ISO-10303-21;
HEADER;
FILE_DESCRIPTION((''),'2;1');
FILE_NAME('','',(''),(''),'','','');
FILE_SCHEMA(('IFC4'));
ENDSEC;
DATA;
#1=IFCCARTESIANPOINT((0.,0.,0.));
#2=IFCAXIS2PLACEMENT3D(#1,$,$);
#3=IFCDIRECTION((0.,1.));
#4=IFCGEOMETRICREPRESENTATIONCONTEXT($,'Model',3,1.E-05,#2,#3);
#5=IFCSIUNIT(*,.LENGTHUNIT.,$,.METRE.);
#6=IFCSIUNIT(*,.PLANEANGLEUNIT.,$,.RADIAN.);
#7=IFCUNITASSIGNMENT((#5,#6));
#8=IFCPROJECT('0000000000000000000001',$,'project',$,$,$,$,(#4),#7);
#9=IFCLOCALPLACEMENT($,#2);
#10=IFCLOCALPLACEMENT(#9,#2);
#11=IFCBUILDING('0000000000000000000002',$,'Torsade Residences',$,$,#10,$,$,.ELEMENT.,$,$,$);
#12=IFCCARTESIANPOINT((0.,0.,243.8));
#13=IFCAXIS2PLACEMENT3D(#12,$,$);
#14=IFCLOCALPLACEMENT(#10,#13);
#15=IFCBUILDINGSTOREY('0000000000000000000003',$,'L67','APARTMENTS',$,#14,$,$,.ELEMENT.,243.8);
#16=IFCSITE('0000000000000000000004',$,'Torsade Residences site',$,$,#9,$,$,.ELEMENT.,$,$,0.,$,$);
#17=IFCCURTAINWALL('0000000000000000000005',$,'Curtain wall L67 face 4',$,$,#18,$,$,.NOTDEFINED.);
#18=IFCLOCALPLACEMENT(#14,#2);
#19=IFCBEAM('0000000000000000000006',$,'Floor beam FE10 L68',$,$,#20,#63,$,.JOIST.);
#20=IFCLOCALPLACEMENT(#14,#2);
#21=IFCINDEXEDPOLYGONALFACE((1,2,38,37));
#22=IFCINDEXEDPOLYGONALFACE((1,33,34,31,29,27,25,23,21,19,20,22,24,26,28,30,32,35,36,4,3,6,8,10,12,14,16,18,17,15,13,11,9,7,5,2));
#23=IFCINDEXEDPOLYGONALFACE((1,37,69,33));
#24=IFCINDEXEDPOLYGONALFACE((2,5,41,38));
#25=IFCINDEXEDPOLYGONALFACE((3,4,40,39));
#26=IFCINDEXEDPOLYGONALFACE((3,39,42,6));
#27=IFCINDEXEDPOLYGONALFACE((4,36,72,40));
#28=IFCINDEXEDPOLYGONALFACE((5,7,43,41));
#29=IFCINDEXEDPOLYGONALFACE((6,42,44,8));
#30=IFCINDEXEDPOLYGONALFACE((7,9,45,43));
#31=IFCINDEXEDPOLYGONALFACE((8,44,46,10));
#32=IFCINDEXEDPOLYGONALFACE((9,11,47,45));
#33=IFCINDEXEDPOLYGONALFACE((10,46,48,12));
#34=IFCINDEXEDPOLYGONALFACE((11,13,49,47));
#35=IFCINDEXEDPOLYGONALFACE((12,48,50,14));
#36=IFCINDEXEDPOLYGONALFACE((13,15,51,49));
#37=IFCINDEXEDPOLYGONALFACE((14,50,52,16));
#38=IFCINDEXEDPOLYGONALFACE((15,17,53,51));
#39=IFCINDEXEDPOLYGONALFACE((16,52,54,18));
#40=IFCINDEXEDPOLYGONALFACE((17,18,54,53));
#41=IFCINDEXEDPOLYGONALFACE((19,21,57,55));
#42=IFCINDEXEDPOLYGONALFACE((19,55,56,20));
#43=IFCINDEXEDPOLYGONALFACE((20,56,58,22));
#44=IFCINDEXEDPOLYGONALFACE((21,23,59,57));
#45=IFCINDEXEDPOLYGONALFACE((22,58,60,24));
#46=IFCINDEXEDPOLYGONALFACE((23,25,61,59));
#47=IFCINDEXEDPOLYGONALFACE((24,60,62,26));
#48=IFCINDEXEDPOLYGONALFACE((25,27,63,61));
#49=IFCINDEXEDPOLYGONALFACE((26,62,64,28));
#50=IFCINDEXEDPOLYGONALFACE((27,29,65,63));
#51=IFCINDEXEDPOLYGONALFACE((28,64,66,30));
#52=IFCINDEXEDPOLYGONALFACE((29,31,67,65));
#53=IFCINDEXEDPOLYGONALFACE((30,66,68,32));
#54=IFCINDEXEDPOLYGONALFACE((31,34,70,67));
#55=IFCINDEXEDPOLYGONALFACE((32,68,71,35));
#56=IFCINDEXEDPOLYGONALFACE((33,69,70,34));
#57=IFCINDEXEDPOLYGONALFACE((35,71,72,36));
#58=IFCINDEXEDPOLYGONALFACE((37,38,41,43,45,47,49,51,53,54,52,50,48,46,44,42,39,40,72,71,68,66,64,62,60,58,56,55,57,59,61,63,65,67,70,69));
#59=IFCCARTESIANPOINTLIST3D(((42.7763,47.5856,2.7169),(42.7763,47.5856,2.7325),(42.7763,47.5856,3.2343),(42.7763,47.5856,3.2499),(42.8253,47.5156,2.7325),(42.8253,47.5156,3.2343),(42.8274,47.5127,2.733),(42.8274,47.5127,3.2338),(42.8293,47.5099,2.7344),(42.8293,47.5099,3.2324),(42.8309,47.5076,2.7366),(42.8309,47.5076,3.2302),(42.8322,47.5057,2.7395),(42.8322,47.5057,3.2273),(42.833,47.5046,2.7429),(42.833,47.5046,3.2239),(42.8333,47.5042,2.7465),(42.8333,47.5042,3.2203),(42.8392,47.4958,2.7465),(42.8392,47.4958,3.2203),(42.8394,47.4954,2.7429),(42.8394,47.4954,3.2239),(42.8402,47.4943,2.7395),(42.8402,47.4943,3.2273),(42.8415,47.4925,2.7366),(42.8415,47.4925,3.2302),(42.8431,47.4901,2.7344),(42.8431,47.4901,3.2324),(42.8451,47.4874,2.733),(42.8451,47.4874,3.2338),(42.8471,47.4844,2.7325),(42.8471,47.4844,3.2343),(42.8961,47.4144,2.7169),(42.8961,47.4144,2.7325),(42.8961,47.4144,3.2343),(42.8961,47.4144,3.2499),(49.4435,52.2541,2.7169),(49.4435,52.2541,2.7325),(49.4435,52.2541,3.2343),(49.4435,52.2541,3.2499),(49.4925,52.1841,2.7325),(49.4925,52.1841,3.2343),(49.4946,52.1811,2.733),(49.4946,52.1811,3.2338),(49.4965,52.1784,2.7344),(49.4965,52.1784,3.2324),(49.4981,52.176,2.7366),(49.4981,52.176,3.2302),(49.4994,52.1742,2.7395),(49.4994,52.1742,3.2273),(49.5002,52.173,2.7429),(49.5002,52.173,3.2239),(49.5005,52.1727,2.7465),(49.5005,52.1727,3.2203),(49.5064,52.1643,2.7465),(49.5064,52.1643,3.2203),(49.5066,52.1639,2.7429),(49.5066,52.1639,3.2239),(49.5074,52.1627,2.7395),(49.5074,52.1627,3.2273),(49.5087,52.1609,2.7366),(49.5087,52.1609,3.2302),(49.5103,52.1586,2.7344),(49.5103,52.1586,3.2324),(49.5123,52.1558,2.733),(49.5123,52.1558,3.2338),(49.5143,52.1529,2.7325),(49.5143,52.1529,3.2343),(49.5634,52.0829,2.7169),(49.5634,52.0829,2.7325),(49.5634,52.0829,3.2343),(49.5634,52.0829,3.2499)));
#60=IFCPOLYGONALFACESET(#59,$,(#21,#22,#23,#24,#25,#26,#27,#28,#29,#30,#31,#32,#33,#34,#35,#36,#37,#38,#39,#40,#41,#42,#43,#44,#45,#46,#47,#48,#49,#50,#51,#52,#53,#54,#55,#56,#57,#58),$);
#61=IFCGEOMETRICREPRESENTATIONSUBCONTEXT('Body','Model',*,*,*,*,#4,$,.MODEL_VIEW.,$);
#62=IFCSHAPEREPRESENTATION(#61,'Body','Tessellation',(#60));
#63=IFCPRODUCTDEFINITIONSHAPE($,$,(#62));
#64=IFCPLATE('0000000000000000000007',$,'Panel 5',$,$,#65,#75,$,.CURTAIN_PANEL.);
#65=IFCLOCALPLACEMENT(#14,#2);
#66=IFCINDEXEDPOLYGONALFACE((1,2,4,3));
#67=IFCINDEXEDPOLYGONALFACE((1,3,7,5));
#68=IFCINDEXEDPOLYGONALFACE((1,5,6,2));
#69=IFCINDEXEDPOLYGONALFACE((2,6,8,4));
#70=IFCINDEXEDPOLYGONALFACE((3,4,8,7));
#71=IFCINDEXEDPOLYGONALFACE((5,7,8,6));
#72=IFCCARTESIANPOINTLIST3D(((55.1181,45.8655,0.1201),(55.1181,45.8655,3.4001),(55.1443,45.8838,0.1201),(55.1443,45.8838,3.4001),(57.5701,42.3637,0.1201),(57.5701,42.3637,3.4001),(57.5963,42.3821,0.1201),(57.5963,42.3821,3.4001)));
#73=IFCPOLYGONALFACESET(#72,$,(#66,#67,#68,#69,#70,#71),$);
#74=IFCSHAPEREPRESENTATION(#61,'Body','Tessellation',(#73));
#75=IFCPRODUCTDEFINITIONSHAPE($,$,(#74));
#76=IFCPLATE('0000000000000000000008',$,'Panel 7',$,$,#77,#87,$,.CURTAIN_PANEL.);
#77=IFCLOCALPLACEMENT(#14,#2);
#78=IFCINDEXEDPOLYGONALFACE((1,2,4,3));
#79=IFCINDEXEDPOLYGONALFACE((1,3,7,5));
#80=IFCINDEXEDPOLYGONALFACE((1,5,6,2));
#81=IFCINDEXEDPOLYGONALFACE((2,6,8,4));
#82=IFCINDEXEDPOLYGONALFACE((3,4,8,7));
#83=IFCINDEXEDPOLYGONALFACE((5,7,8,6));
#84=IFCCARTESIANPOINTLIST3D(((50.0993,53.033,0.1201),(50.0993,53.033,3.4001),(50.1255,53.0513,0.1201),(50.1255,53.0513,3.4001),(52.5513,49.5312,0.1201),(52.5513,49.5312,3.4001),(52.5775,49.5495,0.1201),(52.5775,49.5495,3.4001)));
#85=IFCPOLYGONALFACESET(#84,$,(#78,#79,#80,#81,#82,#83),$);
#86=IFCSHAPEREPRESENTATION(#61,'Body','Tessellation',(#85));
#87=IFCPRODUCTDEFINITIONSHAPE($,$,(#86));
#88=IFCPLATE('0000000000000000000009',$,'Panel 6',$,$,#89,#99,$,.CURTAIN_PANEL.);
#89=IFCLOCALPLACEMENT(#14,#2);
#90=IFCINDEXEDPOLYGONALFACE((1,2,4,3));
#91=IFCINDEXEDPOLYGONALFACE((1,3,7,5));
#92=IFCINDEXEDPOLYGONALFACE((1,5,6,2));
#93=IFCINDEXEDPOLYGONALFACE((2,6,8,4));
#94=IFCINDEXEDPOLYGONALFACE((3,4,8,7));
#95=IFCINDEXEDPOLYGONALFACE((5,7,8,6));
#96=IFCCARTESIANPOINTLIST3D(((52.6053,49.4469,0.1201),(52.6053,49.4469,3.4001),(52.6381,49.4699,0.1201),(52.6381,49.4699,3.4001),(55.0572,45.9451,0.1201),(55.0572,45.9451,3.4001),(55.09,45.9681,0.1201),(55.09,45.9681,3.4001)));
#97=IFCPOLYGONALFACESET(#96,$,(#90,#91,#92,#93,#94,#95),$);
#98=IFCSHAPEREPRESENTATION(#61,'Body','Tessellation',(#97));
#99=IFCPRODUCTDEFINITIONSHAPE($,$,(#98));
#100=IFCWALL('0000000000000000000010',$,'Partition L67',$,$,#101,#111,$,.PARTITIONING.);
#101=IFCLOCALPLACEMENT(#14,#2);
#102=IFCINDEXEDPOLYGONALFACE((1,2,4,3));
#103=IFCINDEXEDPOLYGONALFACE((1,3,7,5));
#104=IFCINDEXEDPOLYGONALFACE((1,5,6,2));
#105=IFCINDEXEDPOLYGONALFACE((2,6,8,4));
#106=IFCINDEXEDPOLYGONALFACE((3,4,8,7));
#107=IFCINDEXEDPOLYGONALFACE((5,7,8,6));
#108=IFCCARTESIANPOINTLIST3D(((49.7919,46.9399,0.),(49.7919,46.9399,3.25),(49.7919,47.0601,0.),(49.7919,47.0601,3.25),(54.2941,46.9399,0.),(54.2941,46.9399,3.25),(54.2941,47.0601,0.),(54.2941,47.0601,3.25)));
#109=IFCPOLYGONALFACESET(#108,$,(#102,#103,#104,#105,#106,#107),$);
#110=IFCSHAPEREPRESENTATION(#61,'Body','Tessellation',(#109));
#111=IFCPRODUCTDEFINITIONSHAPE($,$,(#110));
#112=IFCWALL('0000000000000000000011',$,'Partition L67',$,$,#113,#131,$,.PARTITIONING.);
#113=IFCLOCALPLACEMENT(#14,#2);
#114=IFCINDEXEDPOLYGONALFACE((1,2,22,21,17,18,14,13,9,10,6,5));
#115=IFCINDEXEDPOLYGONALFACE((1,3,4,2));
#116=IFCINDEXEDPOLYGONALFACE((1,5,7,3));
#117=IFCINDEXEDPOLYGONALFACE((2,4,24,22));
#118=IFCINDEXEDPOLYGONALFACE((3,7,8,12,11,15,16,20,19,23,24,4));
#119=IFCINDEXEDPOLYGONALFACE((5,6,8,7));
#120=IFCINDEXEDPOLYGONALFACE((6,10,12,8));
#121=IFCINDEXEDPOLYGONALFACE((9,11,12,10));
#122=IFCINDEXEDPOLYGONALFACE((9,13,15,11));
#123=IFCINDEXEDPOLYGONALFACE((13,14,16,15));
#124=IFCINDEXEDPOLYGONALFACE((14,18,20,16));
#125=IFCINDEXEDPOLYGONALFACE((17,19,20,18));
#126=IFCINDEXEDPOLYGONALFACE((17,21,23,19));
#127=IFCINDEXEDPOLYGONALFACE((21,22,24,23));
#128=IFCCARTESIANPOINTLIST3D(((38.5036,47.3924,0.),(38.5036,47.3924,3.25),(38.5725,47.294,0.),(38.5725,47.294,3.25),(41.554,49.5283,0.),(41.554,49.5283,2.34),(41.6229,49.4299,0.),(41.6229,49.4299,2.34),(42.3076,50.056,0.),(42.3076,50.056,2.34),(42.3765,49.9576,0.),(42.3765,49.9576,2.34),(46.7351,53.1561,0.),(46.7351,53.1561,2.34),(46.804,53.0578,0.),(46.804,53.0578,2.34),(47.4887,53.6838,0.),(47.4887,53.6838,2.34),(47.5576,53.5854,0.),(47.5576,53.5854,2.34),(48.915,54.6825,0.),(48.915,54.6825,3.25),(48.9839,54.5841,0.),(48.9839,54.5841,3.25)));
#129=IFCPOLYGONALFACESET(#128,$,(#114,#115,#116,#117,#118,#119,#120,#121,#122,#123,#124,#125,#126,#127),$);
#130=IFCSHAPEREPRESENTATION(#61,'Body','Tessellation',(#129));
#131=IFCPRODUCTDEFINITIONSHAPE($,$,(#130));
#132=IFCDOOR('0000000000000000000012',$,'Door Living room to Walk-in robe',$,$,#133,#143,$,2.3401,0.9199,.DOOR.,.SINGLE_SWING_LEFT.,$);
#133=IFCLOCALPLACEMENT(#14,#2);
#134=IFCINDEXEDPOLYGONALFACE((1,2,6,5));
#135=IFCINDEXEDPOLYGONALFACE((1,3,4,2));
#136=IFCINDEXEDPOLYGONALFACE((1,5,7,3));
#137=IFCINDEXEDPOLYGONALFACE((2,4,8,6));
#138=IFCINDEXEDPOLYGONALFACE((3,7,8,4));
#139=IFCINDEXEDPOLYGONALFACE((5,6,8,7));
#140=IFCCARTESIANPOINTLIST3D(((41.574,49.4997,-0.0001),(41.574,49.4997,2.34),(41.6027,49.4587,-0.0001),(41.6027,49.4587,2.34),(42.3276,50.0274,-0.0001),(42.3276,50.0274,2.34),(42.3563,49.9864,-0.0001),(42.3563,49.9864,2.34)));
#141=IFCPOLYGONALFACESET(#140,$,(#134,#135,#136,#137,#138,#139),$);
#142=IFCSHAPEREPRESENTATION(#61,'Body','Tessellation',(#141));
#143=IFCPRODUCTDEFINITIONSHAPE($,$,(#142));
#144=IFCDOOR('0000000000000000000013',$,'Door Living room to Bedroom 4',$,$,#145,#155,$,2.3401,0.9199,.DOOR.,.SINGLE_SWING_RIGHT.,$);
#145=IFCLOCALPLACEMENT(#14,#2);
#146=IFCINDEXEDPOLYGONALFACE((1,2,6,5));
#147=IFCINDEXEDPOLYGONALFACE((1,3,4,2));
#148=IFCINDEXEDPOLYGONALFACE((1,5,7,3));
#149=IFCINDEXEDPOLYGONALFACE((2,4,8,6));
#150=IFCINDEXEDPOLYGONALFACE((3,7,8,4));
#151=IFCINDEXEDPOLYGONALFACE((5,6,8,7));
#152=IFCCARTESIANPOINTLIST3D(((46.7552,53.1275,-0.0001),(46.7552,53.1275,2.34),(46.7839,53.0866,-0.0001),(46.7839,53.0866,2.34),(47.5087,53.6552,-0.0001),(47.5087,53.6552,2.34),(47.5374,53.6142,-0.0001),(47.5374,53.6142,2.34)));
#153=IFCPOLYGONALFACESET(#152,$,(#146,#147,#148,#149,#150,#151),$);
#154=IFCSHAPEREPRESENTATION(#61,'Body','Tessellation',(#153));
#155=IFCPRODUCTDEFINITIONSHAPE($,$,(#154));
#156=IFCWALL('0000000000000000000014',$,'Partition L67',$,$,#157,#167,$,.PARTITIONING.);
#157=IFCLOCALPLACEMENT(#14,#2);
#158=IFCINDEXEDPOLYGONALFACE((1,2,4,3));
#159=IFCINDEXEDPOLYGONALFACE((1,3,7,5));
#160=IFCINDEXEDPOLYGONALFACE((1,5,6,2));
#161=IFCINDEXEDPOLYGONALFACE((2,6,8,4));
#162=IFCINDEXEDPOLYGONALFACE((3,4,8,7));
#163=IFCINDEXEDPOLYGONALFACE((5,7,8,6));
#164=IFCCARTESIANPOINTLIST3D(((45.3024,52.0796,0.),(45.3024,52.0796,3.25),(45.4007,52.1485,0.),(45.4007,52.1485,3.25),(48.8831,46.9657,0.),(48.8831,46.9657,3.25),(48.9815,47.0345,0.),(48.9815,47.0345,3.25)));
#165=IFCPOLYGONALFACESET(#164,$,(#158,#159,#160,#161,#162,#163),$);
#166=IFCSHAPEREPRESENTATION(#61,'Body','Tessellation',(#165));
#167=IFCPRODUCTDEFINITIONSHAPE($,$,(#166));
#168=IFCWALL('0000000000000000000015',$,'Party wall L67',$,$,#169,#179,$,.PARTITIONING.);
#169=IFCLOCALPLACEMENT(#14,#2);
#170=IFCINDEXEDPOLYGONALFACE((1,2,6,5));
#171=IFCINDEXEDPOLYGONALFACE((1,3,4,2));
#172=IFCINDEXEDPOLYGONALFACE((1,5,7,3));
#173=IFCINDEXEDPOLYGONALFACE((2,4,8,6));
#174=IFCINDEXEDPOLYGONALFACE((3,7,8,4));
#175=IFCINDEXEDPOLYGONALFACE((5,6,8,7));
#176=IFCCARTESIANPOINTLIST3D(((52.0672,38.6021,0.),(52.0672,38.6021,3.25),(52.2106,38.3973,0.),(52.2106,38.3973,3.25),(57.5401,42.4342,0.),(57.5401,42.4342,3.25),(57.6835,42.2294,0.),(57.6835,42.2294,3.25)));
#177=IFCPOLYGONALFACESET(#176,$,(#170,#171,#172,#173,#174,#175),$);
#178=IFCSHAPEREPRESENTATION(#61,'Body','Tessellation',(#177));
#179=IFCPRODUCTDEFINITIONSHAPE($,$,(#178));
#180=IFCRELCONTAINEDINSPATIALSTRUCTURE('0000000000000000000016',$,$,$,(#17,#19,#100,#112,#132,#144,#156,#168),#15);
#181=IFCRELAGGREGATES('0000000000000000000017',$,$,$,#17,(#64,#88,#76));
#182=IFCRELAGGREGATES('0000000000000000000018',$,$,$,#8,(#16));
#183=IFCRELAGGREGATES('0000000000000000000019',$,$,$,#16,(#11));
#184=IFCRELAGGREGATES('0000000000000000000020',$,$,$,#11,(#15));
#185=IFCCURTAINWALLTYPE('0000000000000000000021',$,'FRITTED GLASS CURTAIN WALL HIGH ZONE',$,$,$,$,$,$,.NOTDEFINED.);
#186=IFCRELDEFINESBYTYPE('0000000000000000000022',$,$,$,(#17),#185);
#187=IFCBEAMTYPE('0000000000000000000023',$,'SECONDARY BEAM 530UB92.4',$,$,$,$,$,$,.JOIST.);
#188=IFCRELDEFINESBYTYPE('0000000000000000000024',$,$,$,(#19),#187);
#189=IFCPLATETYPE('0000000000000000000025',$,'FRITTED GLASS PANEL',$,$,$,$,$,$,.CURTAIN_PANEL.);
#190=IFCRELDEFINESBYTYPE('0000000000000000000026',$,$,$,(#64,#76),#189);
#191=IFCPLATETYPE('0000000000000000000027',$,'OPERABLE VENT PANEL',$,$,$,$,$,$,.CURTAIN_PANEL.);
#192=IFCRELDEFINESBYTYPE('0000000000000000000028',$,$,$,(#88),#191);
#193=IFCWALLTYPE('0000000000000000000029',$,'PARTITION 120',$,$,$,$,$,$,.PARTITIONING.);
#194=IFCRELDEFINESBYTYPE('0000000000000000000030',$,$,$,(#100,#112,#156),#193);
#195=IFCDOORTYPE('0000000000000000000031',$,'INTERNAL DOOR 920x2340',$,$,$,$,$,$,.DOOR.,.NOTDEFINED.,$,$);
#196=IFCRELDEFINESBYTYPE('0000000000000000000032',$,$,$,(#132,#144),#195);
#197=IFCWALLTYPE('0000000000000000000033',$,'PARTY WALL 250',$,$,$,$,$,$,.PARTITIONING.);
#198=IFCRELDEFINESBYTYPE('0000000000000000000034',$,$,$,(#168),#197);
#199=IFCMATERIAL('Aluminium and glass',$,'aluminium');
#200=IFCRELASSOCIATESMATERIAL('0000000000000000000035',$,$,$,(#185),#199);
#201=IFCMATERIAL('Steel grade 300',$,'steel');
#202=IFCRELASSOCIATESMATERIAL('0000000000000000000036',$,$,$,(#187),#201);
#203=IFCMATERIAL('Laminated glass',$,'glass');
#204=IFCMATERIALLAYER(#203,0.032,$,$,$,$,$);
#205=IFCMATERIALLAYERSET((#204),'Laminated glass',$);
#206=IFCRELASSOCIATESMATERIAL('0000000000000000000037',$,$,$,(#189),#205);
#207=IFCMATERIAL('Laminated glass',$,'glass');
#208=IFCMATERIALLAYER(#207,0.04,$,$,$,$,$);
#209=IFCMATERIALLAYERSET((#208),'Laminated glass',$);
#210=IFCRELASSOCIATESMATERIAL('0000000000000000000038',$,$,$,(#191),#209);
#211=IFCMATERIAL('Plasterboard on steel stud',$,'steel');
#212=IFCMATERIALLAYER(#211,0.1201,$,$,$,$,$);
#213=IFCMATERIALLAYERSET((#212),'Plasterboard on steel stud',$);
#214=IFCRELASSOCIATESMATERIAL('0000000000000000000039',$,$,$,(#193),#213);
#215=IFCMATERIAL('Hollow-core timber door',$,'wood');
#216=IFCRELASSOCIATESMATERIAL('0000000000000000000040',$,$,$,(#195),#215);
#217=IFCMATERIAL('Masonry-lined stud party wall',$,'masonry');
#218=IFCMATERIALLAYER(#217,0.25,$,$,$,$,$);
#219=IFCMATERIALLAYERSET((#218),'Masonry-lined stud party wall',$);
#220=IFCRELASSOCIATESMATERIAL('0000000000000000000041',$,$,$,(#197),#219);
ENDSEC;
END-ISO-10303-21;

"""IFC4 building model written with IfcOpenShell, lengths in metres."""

from ifc_helpers import new_model, si_unit, direction, frame, frame_2d, origin, origin_2d, place, context, subcontext, project, spatial, rectangle, i_section, extrude, material, layer, layer_set, material_profile, profile_set, type_object, element, fill, aggregate, save


model = new_model("IFC4")

# Units and contexts
model_context = context("Model", 3, precision=1e-05, world=origin(), true_north=direction((0.0, 1.0)))
body_context = subcontext(model_context, "Body", "Model", "MODEL_VIEW")
ifc_project = project(units=[si_unit("LENGTHUNIT", "METRE"), si_unit("PLANEANGLEUNIT", "RADIAN")], contexts=[model_context])

# Site, building, storey
site_placement = place(None, origin())
site = spatial("IfcSite", under=ifc_project, at=site_placement, Name="Torsade Residences site", CompositionType="ELEMENT", RefElevation=0.0)
building_placement = place(site_placement, origin())
building = spatial("IfcBuilding", under=site, at=building_placement, Name="Torsade Residences", CompositionType="ELEMENT")
storey_placement = place(building_placement, frame((0.0, 0.0, 243.8)))
storey = spatial("IfcBuildingStorey", under=building, at=storey_placement, Name="L67", Description="APARTMENTS", CompositionType="ELEMENT", Elevation=243.8)

# Curtain wall
ifc_material_1 = material(Name="Aluminium and glass", Category="aluminium")
curtain_wall_type = type_object("IfcCurtainWallType", Name="FRITTED GLASS CURTAIN WALL HIGH ZONE", PredefinedType="NOTDEFINED", material=ifc_material_1)
curtain_wall_placement = place(storey_placement, origin())
curtain_wall = element("IfcCurtainWall", 1, at=curtain_wall_placement, inside=storey, type_object=curtain_wall_type, Name="Curtain wall L67 face 4", PredefinedType="NOTDEFINED")

# Beam
ifc_material_2 = material(Name="Steel grade 300", Category="steel")
ifc_material_profile_1 = material_profile(ifc_material_2, i_section(OverallWidth=0.209, OverallDepth=0.533, WebThickness=0.0103, FlangeThickness=0.0156, FilletRadius=0.0139, at=origin_2d()), Name="530UB92.4")
ifc_profile_set_1 = profile_set([ifc_material_profile_1], Name="Steel grade 300")
beam_type_1 = type_object("IfcBeamType", Name="SECONDARY BEAM 530UB92.4", PredefinedType="JOIST", material=ifc_profile_set_1)
beam_1_placement = place(storey_placement, frame((49.5034, 52.1685, 2.9834), z_axis=(-0.819152, -0.573577, 0.0), x_axis=(0.573577, -0.819152, 0.0)))
element("IfcBeam", 2, at=beam_1_placement, inside=storey, type_object=beam_type_1, Name="Floor beam FE10 L68", PredefinedType="JOIST", context=body_context, shape_type="SweptSolid", body=[
    extrude(i_section(OverallWidth=0.209, OverallDepth=0.533, WebThickness=0.0103, FlangeThickness=0.0156, FilletRadius=0.0139, at=origin_2d()), origin(), (0.0, 0.0, 1.0), 8.1392),
])

# Plates
ifc_material_3 = material(Name="Laminated glass", Category="glass")
ifc_layer_1 = layer(ifc_material_3, 0.032)
ifc_layer_set_1 = layer_set([ifc_layer_1], Name="Laminated glass")
plate_type_1 = type_object("IfcPlateType", Name="FRITTED GLASS PANEL", PredefinedType="CURTAIN_PANEL", material=ifc_layer_set_1)
plate_1_placement = place(storey_placement, frame((56.3572, 44.1238, 0.1201), z_axis=(0.0, 0.0, 1.0), x_axis=(-0.573576, 0.819152, 0.0)))
plate_1 = element("IfcPlate", 3, at=plate_1_placement, type_object=plate_type_1, Name="Panel 5", PredefinedType="CURTAIN_PANEL", context=body_context, shape_type="SweptSolid", body=[
    extrude(rectangle(XDim=4.2749, YDim=0.032, at=origin_2d()), origin(), (0.0, 0.0, 1.0), 3.28),
])
plate_2_placement = place(storey_placement, frame((51.3384, 51.2913, 0.1201), z_axis=(0.0, 0.0, 1.0), x_axis=(-0.573576, 0.819152, 0.0)))
plate_2 = element("IfcPlate", 4, at=plate_2_placement, type_object=plate_type_1, Name="Panel 7", PredefinedType="CURTAIN_PANEL", context=body_context, shape_type="SweptSolid", body=[
    extrude(rectangle(XDim=4.2749, YDim=0.032, at=origin_2d()), origin(), (0.0, 0.0, 1.0), 3.28),
])
ifc_material_4 = material(Name="Laminated glass", Category="glass")
ifc_layer_2 = layer(ifc_material_4, 0.04)
ifc_layer_set_2 = layer_set([ifc_layer_2], Name="Laminated glass")
plate_type_2 = type_object("IfcPlateType", Name="OPERABLE VENT PANEL", PredefinedType="CURTAIN_PANEL", material=ifc_layer_set_2)
plate_3_placement = place(storey_placement, frame((53.8477, 47.7075, 0.1201), z_axis=(0.0, 0.0, 1.0), x_axis=(-0.573576, 0.819152, 0.0)))
plate_3 = element("IfcPlate", 5, at=plate_3_placement, type_object=plate_type_2, Name="Panel 6", PredefinedType="CURTAIN_PANEL", context=body_context, shape_type="SweptSolid", body=[
    extrude(rectangle(XDim=4.2749, YDim=0.04, at=origin_2d()), origin(), (0.0, 0.0, 1.0), 3.28),
])
aggregate(curtain_wall, [plate_1, plate_3, plate_2])

# Wall
ifc_material_5 = material(Name="Plasterboard on steel stud", Category="steel")
ifc_layer_3 = layer(ifc_material_5, 0.1201)
ifc_layer_set_3 = layer_set([ifc_layer_3], Name="Plasterboard on steel stud")
wall_type_1 = type_object("IfcWallType", Name="PARTITION 120", PredefinedType="PARTITIONING", material=ifc_layer_set_3)
wall_1_placement = place(storey_placement, frame((49.792, 47.0, 0.0), z_axis=(0.0, 0.0, 1.0), x_axis=(1.0, 0.0, 0.0)))
element("IfcWall", 6, at=wall_1_placement, inside=storey, type_object=wall_type_1, Name="Partition L67", PredefinedType="PARTITIONING", context=body_context, shape_type="SweptSolid", body=[
    extrude(rectangle(XDim=4.5022, YDim=0.1201, at=frame_2d((2.251, 0.0))), origin(), (0.0, 0.0, 1.0), 3.25),
])

# Wall, openings, doors
wall_2_placement = place(storey_placement, frame((48.9495, 54.6333, 0.0), z_axis=(0.0, 0.0, 1.0), x_axis=(-0.819155, -0.573572, 0.0)))
wall_2 = element("IfcWall", 7, at=wall_2_placement, inside=storey, type_object=wall_type_1, Name="Partition L67", PredefinedType="PARTITIONING", context=body_context, shape_type="SweptSolid", body=[
    extrude(rectangle(XDim=12.71, YDim=0.1201, at=frame_2d((6.355, 0.0))), origin(), (0.0, 0.0, 1.0), 3.25),
])
opening_1_placement = place(wall_2_placement, frame((8.0662, 0.0, 0.0)))
opening_1 = element("IfcOpeningElement", 8, at=opening_1_placement, cuts=wall_2, PredefinedType="OPENING", context=body_context, shape_type="SweptSolid", body=[
    extrude(rectangle(XDim=0.9199, YDim=2.3401, at=frame_2d((0.46, 1.1699))), frame((0.0, 0.0701, 0.0), z_axis=(0.0, -1.0, 0.0), x_axis=(1.0, 0.0, 0.0)), (0.0, 0.0, 1.0), 0.1401),
])
opening_2_placement = place(wall_2_placement, frame((1.7412, 0.0, 0.0)))
opening_2 = element("IfcOpeningElement", 9, at=opening_2_placement, cuts=wall_2, PredefinedType="OPENING", context=body_context, shape_type="SweptSolid", body=[
    extrude(rectangle(XDim=0.9199, YDim=2.3401, at=frame_2d((0.46, 1.1699))), frame((0.0, 0.0701, 0.0), z_axis=(0.0, -1.0, 0.0), x_axis=(1.0, 0.0, 0.0)), (0.0, 0.0, 1.0), 0.1401),
])
ifc_material_6 = material(Name="Hollow-core timber door", Category="wood")
door_type = type_object("IfcDoorType", Name="INTERNAL DOOR 920x2340", OperationType="NOTDEFINED", PredefinedType="DOOR", material=ifc_material_6)
door_1_placement = place(opening_1_placement, origin())
door_1 = element("IfcDoor", 10, at=door_1_placement, inside=storey, type_object=door_type, Name="Door Living room to Walk-in robe", OperationType="SINGLE_SWING_LEFT", OverallHeight=2.3401, OverallWidth=0.9199, PredefinedType="DOOR", context=body_context, shape_type="SweptSolid", body=[
    extrude(rectangle(XDim=0.9199, YDim=2.3401, at=frame_2d((0.46, 1.1699))), frame((0.0, 0.0249, 0.0), z_axis=(0.0, -1.0, 0.0), x_axis=(1.0, 0.0, 0.0)), (0.0, 0.0, 1.0), 0.05),
])
fill(opening_1, door_1)
door_2_placement = place(opening_2_placement, origin())
door_2 = element("IfcDoor", 11, at=door_2_placement, inside=storey, type_object=door_type, Name="Door Living room to Bedroom 4", OperationType="SINGLE_SWING_RIGHT", OverallHeight=2.3401, OverallWidth=0.9199, PredefinedType="DOOR", context=body_context, shape_type="SweptSolid", body=[
    extrude(rectangle(XDim=0.9199, YDim=2.3401, at=frame_2d((0.46, 1.1699))), frame((0.0, 0.0249, 0.0), z_axis=(0.0, -1.0, 0.0), x_axis=(1.0, 0.0, 0.0)), (0.0, 0.0, 1.0), 0.05),
])
fill(opening_2, door_2)

# Walls
wall_3_placement = place(storey_placement, frame((48.9324, 47.0, 0.0), z_axis=(0.0, 0.0, 1.0), x_axis=(-0.57357, 0.819157, 0.0)))
element("IfcWall", 12, at=wall_3_placement, inside=storey, type_object=wall_type_1, Name="Partition L67", PredefinedType="PARTITIONING", context=body_context, shape_type="SweptSolid", body=[
    extrude(rectangle(XDim=6.2429, YDim=0.1201, at=frame_2d((3.1216, 0.0))), origin(), (0.0, 0.0, 1.0), 3.25),
])
ifc_material_7 = material(Name="Masonry-lined stud party wall", Category="masonry")
ifc_layer_4 = layer(ifc_material_7, 0.25)
ifc_layer_set_4 = layer_set([ifc_layer_4], Name="Masonry-lined stud party wall")
wall_type_2 = type_object("IfcWallType", Name="PARTY WALL 250", PredefinedType="PARTITIONING", material=ifc_layer_set_4)
wall_4_placement = place(storey_placement, frame((57.6118, 42.3318, 0.0), z_axis=(0.0, 0.0, 1.0), x_axis=(-0.819162, -0.573563, 0.0)))
element("IfcWall", 13, at=wall_4_placement, inside=storey, type_object=wall_type_2, Name="Party wall L67", PredefinedType="PARTITIONING", context=body_context, shape_type="SweptSolid", body=[
    extrude(rectangle(XDim=6.6812, YDim=0.25, at=frame_2d((3.3406, 0.0))), origin(), (0.0, 0.0, 1.0), 3.25),
])

save(model, "model.ifc")
